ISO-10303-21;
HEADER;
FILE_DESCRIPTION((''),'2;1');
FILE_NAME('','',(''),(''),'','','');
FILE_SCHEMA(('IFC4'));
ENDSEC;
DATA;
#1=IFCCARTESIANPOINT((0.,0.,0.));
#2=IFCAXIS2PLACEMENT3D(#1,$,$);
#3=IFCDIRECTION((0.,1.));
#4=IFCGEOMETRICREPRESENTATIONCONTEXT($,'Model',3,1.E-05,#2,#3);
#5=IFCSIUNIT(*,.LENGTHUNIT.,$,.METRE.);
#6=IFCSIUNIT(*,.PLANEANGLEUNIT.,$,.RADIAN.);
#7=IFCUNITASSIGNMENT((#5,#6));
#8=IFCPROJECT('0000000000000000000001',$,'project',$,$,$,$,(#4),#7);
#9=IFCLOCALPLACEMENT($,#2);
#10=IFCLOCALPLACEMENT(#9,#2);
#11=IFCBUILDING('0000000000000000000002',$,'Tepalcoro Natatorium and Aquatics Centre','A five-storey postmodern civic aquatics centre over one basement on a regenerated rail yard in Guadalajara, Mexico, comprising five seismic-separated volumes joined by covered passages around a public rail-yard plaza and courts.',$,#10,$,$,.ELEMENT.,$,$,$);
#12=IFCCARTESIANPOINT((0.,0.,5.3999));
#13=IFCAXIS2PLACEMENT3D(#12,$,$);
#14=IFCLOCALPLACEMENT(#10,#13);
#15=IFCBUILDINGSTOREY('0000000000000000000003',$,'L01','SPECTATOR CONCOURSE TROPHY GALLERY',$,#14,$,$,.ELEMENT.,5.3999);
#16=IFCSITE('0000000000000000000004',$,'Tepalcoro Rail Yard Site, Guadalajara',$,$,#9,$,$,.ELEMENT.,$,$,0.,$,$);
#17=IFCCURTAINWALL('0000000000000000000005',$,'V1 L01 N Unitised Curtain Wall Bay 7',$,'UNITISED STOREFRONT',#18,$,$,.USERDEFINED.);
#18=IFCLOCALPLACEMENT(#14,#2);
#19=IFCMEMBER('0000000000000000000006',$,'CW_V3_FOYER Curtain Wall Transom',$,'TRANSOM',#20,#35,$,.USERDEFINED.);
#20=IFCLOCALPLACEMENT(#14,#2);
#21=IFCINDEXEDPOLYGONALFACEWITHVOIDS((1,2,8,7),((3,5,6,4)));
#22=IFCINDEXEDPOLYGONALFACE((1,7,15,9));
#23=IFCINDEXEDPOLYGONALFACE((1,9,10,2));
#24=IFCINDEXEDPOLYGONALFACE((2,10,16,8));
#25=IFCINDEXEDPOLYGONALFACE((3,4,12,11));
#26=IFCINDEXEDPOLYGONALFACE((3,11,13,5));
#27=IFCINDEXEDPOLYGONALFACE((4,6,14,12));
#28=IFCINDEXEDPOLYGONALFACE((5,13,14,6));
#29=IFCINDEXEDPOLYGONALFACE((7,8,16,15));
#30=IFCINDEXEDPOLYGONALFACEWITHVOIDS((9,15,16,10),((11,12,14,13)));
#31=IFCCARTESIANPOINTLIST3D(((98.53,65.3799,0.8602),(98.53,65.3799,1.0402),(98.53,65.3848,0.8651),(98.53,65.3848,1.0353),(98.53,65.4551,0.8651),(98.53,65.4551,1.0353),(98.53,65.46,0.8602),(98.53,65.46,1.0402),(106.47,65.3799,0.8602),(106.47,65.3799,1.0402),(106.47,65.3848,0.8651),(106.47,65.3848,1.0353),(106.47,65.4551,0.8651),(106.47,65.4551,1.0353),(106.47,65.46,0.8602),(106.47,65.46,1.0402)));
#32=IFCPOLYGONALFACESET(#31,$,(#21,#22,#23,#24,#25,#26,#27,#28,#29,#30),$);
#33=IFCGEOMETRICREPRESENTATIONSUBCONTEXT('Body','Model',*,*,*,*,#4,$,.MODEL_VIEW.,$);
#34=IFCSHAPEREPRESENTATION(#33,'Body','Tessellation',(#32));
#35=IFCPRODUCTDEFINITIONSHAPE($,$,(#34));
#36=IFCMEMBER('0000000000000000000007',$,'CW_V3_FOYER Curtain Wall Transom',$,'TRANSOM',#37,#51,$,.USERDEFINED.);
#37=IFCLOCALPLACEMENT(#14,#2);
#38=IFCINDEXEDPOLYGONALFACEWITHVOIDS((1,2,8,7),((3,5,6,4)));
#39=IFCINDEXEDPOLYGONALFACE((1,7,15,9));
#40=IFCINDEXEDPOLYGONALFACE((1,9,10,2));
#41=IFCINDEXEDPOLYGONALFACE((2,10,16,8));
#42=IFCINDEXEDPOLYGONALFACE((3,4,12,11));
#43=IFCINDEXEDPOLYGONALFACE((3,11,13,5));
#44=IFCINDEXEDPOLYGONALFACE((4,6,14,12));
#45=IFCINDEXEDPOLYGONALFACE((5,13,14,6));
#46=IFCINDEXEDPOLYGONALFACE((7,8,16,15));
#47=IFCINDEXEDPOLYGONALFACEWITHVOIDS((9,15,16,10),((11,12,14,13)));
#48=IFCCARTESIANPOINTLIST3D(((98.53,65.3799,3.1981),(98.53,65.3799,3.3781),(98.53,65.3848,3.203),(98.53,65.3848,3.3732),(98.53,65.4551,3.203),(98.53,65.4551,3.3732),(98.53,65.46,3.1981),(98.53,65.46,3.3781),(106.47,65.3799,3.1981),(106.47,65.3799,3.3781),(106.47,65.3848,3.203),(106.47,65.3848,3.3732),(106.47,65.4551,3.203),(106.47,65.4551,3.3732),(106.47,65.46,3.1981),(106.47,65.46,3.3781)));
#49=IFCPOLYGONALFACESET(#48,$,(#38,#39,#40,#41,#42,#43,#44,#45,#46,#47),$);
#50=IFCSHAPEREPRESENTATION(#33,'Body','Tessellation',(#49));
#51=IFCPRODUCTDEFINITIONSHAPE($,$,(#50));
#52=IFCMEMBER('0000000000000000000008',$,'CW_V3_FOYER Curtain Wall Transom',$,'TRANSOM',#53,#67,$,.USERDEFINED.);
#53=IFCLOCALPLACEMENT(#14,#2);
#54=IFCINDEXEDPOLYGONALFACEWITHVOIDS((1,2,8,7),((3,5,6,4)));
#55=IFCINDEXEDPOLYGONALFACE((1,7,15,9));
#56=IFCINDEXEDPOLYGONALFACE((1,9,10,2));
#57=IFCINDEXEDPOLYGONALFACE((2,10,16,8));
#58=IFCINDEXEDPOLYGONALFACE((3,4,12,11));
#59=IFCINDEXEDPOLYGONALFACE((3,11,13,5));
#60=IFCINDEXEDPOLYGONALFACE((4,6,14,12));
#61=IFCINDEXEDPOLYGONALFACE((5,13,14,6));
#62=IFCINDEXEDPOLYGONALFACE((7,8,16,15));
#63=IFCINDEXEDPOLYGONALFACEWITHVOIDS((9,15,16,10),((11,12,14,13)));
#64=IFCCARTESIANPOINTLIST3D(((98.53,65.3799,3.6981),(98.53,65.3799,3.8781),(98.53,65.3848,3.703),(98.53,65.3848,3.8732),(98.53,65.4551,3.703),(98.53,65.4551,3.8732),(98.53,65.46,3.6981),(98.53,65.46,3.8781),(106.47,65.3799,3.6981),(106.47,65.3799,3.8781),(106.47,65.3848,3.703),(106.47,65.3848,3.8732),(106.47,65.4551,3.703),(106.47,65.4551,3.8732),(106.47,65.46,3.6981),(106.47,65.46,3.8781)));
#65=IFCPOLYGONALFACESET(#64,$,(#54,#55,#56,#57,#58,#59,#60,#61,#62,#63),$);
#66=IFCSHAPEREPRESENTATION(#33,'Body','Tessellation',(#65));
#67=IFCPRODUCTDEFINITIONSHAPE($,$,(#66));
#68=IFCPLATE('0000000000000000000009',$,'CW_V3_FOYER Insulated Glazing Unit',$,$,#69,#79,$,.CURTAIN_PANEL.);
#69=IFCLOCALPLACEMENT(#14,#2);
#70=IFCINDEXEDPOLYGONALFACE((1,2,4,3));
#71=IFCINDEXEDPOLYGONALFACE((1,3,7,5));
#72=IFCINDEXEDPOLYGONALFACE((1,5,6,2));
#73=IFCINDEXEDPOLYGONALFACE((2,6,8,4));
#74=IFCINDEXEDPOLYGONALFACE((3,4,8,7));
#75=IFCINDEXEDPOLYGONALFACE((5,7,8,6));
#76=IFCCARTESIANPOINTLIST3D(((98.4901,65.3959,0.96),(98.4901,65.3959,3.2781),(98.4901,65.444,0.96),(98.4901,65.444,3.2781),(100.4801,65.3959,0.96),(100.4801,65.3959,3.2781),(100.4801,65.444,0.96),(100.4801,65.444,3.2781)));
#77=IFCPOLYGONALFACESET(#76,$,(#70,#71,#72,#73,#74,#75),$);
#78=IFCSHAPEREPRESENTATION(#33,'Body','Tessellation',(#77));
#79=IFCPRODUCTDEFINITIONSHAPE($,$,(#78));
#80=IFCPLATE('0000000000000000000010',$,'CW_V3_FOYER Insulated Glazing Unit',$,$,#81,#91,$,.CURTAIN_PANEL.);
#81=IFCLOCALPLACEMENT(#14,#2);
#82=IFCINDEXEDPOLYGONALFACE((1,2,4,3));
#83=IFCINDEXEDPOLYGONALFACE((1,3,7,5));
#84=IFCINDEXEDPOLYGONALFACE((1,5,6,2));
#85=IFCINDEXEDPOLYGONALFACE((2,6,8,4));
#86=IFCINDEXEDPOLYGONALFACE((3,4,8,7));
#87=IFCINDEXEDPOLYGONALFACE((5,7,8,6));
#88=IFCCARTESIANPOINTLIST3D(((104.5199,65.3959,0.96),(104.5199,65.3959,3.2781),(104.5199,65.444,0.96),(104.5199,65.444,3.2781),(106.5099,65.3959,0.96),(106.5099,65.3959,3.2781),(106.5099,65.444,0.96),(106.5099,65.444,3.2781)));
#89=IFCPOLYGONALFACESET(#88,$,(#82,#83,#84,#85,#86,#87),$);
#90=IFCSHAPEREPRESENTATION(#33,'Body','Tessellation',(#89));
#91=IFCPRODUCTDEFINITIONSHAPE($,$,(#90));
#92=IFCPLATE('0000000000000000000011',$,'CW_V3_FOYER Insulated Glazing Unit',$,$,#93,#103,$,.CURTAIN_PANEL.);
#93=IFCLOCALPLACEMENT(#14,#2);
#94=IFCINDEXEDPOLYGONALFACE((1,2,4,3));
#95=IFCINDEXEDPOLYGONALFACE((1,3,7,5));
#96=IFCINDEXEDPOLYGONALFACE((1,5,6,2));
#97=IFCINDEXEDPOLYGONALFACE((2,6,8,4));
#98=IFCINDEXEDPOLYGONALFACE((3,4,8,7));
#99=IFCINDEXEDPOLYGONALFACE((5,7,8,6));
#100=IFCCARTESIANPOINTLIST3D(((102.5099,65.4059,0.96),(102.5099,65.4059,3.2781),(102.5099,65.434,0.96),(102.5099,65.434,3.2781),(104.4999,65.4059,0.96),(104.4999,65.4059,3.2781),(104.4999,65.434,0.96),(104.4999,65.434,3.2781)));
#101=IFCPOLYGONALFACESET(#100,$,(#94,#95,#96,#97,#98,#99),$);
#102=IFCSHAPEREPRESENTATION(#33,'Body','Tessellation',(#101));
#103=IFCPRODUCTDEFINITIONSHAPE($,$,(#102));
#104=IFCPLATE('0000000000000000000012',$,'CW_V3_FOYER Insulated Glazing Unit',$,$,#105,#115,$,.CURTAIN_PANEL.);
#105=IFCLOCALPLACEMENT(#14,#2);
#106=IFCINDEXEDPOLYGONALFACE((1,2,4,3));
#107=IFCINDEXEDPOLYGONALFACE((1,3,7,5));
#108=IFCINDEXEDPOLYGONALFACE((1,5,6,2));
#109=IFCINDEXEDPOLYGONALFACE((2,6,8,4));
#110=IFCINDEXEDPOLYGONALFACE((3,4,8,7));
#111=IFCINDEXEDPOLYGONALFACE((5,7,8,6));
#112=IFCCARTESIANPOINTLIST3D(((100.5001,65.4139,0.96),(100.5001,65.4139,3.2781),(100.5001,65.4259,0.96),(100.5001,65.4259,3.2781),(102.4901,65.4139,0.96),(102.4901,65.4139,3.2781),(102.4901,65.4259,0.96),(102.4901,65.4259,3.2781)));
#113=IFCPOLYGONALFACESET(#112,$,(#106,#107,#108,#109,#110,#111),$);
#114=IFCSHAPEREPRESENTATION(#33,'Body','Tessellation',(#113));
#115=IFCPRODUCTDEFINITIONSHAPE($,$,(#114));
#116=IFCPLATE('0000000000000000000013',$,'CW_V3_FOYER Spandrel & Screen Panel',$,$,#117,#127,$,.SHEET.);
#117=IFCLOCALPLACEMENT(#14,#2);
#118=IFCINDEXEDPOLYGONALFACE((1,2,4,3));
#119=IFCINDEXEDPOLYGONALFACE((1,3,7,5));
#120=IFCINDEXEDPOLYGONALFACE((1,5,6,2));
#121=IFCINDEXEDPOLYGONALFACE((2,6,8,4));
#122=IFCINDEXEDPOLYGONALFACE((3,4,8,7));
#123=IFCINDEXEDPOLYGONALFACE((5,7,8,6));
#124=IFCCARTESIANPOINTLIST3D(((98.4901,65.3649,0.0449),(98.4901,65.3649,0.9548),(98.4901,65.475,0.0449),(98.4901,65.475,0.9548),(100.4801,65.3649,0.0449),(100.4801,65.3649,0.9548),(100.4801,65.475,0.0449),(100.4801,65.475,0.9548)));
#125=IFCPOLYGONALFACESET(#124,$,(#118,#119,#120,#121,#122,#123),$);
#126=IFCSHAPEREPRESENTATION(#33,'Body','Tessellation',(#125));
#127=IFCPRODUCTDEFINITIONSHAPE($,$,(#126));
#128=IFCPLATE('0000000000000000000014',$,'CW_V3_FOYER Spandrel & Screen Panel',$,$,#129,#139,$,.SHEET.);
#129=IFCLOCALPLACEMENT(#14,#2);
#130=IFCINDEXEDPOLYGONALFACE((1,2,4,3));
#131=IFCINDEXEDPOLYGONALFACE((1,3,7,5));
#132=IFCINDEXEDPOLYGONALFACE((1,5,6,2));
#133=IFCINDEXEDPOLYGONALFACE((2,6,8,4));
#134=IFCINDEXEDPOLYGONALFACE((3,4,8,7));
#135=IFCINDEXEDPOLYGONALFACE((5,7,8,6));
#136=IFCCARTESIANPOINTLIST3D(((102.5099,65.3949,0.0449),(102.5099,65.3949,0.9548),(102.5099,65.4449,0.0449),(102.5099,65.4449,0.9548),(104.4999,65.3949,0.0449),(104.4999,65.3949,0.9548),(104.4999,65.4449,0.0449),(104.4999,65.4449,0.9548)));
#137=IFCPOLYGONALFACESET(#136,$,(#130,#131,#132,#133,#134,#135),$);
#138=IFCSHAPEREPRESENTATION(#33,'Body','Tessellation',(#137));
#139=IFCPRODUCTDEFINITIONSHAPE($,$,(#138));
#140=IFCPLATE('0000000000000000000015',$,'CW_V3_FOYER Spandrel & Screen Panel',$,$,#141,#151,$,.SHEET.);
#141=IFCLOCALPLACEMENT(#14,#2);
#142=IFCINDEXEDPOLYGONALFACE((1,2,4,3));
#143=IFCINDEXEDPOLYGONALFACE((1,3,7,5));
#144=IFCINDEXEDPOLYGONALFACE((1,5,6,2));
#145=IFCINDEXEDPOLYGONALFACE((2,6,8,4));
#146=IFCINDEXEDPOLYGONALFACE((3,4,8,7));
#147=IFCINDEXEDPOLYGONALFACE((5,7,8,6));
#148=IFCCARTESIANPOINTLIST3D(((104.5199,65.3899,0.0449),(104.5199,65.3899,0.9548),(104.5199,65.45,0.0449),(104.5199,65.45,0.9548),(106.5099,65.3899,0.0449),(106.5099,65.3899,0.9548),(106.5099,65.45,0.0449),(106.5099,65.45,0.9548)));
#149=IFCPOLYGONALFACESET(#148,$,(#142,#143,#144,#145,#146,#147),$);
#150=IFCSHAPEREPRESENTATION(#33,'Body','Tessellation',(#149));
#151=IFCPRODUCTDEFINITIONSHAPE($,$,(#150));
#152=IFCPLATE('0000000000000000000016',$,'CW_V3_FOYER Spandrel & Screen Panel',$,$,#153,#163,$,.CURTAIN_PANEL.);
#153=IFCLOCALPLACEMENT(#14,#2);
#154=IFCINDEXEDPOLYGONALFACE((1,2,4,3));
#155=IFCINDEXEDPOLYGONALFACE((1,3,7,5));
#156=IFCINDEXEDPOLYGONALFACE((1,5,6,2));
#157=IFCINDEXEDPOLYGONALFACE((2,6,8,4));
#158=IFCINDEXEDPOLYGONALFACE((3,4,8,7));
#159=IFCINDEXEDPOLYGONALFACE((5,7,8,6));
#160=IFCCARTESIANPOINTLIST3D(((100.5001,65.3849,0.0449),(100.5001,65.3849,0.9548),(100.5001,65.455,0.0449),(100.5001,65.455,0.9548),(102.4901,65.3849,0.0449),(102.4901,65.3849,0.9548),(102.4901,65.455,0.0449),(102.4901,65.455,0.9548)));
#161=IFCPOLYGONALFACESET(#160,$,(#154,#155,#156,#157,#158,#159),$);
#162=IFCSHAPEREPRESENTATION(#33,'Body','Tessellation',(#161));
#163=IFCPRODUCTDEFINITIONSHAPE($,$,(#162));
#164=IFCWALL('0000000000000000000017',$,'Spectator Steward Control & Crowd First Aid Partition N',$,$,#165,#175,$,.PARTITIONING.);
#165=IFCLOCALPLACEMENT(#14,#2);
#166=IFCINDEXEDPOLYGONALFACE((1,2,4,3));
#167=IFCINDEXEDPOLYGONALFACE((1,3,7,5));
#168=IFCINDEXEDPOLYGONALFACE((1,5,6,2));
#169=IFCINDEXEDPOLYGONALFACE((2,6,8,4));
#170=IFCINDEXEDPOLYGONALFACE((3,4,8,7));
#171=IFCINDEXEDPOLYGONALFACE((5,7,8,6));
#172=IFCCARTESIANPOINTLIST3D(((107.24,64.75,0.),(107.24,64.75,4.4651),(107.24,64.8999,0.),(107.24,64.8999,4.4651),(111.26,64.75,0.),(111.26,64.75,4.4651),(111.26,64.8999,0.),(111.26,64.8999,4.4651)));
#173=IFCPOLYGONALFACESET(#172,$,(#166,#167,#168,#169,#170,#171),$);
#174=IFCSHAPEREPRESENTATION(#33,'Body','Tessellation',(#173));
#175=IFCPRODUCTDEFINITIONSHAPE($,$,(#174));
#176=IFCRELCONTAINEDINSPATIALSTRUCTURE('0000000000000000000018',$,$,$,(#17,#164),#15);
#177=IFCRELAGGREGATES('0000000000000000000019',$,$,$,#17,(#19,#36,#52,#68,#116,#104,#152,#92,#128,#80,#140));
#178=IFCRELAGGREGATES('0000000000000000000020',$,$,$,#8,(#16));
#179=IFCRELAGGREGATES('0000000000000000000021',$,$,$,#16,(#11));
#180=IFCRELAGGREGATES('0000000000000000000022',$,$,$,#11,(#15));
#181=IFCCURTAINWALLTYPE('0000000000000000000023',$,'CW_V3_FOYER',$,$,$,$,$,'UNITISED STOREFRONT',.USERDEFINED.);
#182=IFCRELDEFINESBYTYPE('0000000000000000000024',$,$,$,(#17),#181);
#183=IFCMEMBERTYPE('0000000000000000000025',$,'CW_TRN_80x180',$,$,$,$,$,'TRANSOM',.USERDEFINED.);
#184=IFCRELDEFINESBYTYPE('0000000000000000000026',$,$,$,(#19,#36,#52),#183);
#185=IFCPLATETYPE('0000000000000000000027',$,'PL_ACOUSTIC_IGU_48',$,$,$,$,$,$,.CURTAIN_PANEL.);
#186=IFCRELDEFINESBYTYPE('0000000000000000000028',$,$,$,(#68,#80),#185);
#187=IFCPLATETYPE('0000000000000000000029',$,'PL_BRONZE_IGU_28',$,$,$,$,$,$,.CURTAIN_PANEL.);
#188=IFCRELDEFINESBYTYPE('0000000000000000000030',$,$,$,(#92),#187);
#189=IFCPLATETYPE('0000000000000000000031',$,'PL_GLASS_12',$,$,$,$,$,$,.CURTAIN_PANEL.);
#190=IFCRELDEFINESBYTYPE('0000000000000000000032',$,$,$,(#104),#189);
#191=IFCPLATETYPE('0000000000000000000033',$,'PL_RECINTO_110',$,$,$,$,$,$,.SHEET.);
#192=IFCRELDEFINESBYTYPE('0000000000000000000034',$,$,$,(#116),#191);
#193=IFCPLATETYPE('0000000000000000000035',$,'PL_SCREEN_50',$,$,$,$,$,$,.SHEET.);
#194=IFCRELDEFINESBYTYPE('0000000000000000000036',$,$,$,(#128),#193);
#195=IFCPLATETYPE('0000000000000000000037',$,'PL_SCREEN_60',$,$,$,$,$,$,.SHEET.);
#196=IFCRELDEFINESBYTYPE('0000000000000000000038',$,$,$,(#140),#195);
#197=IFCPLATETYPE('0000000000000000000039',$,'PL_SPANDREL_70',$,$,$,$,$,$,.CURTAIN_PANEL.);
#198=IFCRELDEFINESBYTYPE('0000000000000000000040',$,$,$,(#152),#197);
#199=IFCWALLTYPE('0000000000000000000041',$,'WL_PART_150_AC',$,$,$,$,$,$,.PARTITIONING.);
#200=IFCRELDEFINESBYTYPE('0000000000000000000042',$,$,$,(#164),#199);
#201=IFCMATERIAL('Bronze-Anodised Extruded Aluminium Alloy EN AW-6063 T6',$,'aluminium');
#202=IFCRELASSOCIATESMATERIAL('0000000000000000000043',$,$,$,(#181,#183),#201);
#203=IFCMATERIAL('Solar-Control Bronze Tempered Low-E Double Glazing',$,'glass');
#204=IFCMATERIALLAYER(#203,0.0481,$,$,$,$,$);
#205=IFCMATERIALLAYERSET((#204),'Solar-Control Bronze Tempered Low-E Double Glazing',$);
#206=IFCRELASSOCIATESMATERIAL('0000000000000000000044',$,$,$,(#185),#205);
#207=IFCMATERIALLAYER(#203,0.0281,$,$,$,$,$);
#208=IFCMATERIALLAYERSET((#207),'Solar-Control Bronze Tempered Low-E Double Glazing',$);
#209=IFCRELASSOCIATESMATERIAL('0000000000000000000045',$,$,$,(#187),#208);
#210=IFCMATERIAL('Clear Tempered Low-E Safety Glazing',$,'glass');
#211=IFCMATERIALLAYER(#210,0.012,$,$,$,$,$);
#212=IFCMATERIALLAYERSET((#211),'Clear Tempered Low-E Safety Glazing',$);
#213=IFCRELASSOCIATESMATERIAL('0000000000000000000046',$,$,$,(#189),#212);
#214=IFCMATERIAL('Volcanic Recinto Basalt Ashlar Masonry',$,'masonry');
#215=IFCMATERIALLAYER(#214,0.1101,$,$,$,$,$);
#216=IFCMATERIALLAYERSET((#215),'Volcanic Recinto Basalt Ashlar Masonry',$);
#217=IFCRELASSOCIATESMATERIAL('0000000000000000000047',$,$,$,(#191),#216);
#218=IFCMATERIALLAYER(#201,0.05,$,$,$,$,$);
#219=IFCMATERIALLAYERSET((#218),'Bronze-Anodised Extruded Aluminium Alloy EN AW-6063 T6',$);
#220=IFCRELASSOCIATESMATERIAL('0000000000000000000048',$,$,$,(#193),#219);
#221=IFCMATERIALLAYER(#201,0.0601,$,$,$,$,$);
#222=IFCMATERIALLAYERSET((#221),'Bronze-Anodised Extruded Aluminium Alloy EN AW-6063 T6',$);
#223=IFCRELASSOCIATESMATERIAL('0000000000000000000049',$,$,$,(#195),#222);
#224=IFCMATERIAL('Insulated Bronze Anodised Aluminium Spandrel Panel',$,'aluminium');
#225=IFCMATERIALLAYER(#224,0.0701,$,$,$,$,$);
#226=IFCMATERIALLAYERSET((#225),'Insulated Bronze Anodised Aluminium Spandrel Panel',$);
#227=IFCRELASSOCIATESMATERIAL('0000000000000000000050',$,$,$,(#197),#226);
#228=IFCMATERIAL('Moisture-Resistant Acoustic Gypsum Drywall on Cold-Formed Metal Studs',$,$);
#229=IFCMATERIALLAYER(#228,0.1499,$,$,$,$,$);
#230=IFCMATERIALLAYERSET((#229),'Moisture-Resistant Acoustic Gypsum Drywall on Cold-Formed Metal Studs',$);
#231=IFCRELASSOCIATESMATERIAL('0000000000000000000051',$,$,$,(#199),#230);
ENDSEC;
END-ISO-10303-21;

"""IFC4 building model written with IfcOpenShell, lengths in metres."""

from ifc_helpers import new_model, si_unit, direction, frame, frame_2d, origin, origin_2d, place, context, subcontext, project, spatial, rectangle, hollow_rectangle, extrude, material, layer, layer_set, material_profile, profile_set, type_object, element, aggregate, save


model = new_model("IFC4")

# Units and contexts
model_context = context("Model", 3, precision=1e-05, world=origin(), true_north=direction((0.0, 1.0)))
body_context = subcontext(model_context, "Body", "Model", "MODEL_VIEW")
ifc_project = project(units=[si_unit("LENGTHUNIT", "METRE"), si_unit("PLANEANGLEUNIT", "RADIAN")], contexts=[model_context])

# Site, building, storey
site_placement = place(None, origin())
site = spatial("IfcSite", under=ifc_project, at=site_placement, Name="Tepalcoro Rail Yard Site, Guadalajara", CompositionType="ELEMENT", RefElevation=0.0)
building_placement = place(site_placement, origin())
building = spatial("IfcBuilding", under=site, at=building_placement, Name="Tepalcoro Natatorium and Aquatics Centre", Description="A five-storey postmodern civic aquatics centre over one basement on a regenerated rail yard in Guadalajara, Mexico, comprising five seismic-separated volumes joined by covered passages around a public rail-yard plaza and courts.", CompositionType="ELEMENT")
storey_placement = place(building_placement, frame((0.0, 0.0, 5.3999)))
storey = spatial("IfcBuildingStorey", under=building, at=storey_placement, Name="L01", Description="SPECTATOR CONCOURSE TROPHY GALLERY", CompositionType="ELEMENT", Elevation=5.3999)

# Shared definitions
ifc_material_1 = material(Name="Bronze-Anodised Extruded Aluminium Alloy EN AW-6063 T6", Category="aluminium")

# Curtain wall
curtain_wall_type_1 = type_object("IfcCurtainWallType", Name="CW_V3_FOYER", ElementType="UNITISED STOREFRONT", PredefinedType="USERDEFINED", material=ifc_material_1)
curtain_wall_1_placement = place(storey_placement, origin())
curtain_wall_1 = element("IfcCurtainWall", 1, at=curtain_wall_1_placement, inside=storey, type_object=curtain_wall_type_1, Name="V1 L01 N Unitised Curtain Wall Bay 7", ObjectType="UNITISED STOREFRONT", PredefinedType="USERDEFINED")

# Members
ifc_material_profile_1 = material_profile(ifc_material_1, hollow_rectangle(XDim=0.0801, YDim=0.1799, WallThickness=0.0049, at=origin_2d()), Name="AL80X180X5")
ifc_profile_set_1 = profile_set([ifc_material_profile_1], Name="Bronze-Anodised Extruded Aluminium Alloy EN AW-6063 T6")
member_type_1 = type_object("IfcMemberType", Name="CW_TRN_80x180", ElementType="TRANSOM", PredefinedType="USERDEFINED", material=ifc_profile_set_1)
member_1_placement = place(storey_placement, frame((98.53, 65.4199, 0.9502), z_axis=(1.0, 0.0, 0.0), x_axis=(0.0, 1.0, 0.0)))
member_1 = element("IfcMember", 2, at=member_1_placement, type_object=member_type_1, Name="CW_V3_FOYER Curtain Wall Transom", ObjectType="TRANSOM", PredefinedType="USERDEFINED", context=body_context, shape_type="SweptSolid", body=[
    extrude(hollow_rectangle(XDim=0.0801, YDim=0.1799, WallThickness=0.0049, at=origin_2d()), origin(), (0.0, 0.0, 1.0), 7.9399),
])
member_2_placement = place(storey_placement, frame((98.53, 65.4199, 3.2881), z_axis=(1.0, 0.0, 0.0), x_axis=(0.0, 1.0, 0.0)))
member_2 = element("IfcMember", 3, at=member_2_placement, type_object=member_type_1, Name="CW_V3_FOYER Curtain Wall Transom", ObjectType="TRANSOM", PredefinedType="USERDEFINED", context=body_context, shape_type="SweptSolid", body=[
    extrude(hollow_rectangle(XDim=0.0801, YDim=0.1799, WallThickness=0.0049, at=origin_2d()), origin(), (0.0, 0.0, 1.0), 7.9399),
])
member_3_placement = place(storey_placement, frame((98.53, 65.4199, 3.7881), z_axis=(1.0, 0.0, 0.0), x_axis=(0.0, 1.0, 0.0)))
member_3 = element("IfcMember", 4, at=member_3_placement, type_object=member_type_1, Name="CW_V3_FOYER Curtain Wall Transom", ObjectType="TRANSOM", PredefinedType="USERDEFINED", context=body_context, shape_type="SweptSolid", body=[
    extrude(hollow_rectangle(XDim=0.0801, YDim=0.1799, WallThickness=0.0049, at=origin_2d()), origin(), (0.0, 0.0, 1.0), 7.9399),
])

# Plates
ifc_material_2 = material(Name="Solar-Control Bronze Tempered Low-E Double Glazing", Category="glass")
ifc_layer_1 = layer(ifc_material_2, 0.0481)
ifc_layer_set_1 = layer_set([ifc_layer_1], Name="Solar-Control Bronze Tempered Low-E Double Glazing")
plate_type_1 = type_object("IfcPlateType", Name="PL_ACOUSTIC_IGU_48", PredefinedType="CURTAIN_PANEL", material=ifc_layer_set_1)
plate_1_placement = place(storey_placement, frame((99.4851, 65.4199, 0.96), z_axis=(0.0, 0.0, 1.0), x_axis=(1.0, 0.0, 0.0)))
plate_1 = element("IfcPlate", 5, at=plate_1_placement, type_object=plate_type_1, Name="CW_V3_FOYER Insulated Glazing Unit", PredefinedType="CURTAIN_PANEL", context=body_context, shape_type="SweptSolid", body=[
    extrude(rectangle(XDim=1.99, YDim=0.0481, at=origin_2d()), origin(), (0.0, 0.0, 1.0), 2.3181),
])
plate_2_placement = place(storey_placement, frame((105.5149, 65.4199, 0.96), z_axis=(0.0, 0.0, 1.0), x_axis=(1.0, 0.0, 0.0)))
plate_2 = element("IfcPlate", 6, at=plate_2_placement, type_object=plate_type_1, Name="CW_V3_FOYER Insulated Glazing Unit", PredefinedType="CURTAIN_PANEL", context=body_context, shape_type="SweptSolid", body=[
    extrude(rectangle(XDim=1.99, YDim=0.0481, at=origin_2d()), origin(), (0.0, 0.0, 1.0), 2.3181),
])
ifc_layer_2 = layer(ifc_material_2, 0.0281)
ifc_layer_set_2 = layer_set([ifc_layer_2], Name="Solar-Control Bronze Tempered Low-E Double Glazing")
plate_type_2 = type_object("IfcPlateType", Name="PL_BRONZE_IGU_28", PredefinedType="CURTAIN_PANEL", material=ifc_layer_set_2)
plate_3_placement = place(storey_placement, frame((103.5049, 65.4199, 0.96), z_axis=(0.0, 0.0, 1.0), x_axis=(1.0, 0.0, 0.0)))
plate_3 = element("IfcPlate", 7, at=plate_3_placement, type_object=plate_type_2, Name="CW_V3_FOYER Insulated Glazing Unit", PredefinedType="CURTAIN_PANEL", context=body_context, shape_type="SweptSolid", body=[
    extrude(rectangle(XDim=1.99, YDim=0.0281, at=origin_2d()), origin(), (0.0, 0.0, 1.0), 2.3181),
])
ifc_material_3 = material(Name="Clear Tempered Low-E Safety Glazing", Category="glass")
ifc_layer_3 = layer(ifc_material_3, 0.012)
ifc_layer_set_3 = layer_set([ifc_layer_3], Name="Clear Tempered Low-E Safety Glazing")
plate_type_3 = type_object("IfcPlateType", Name="PL_GLASS_12", PredefinedType="CURTAIN_PANEL", material=ifc_layer_set_3)
plate_4_placement = place(storey_placement, frame((101.4951, 65.4199, 0.96), z_axis=(0.0, 0.0, 1.0), x_axis=(1.0, 0.0, 0.0)))
plate_4 = element("IfcPlate", 8, at=plate_4_placement, type_object=plate_type_3, Name="CW_V3_FOYER Insulated Glazing Unit", PredefinedType="CURTAIN_PANEL", context=body_context, shape_type="SweptSolid", body=[
    extrude(rectangle(XDim=1.99, YDim=0.012, at=origin_2d()), origin(), (0.0, 0.0, 1.0), 2.3181),
])
ifc_material_4 = material(Name="Volcanic Recinto Basalt Ashlar Masonry", Category="masonry")
ifc_layer_4 = layer(ifc_material_4, 0.1101)
ifc_layer_set_4 = layer_set([ifc_layer_4], Name="Volcanic Recinto Basalt Ashlar Masonry")
plate_type_4 = type_object("IfcPlateType", Name="PL_RECINTO_110", PredefinedType="SHEET", material=ifc_layer_set_4)
plate_5_placement = place(storey_placement, frame((99.4851, 65.4199, 0.0449), z_axis=(0.0, 0.0, 1.0), x_axis=(1.0, 0.0, 0.0)))
plate_5 = element("IfcPlate", 9, at=plate_5_placement, type_object=plate_type_4, Name="CW_V3_FOYER Spandrel & Screen Panel", PredefinedType="SHEET", context=body_context, shape_type="SweptSolid", body=[
    extrude(rectangle(XDim=1.99, YDim=0.1101, at=origin_2d()), origin(), (0.0, 0.0, 1.0), 0.9099),
])
ifc_layer_5 = layer(ifc_material_1, 0.05)
ifc_layer_set_5 = layer_set([ifc_layer_5], Name="Bronze-Anodised Extruded Aluminium Alloy EN AW-6063 T6")
plate_type_5 = type_object("IfcPlateType", Name="PL_SCREEN_50", PredefinedType="SHEET", material=ifc_layer_set_5)
plate_6_placement = place(storey_placement, frame((103.5049, 65.4199, 0.0449), z_axis=(0.0, 0.0, 1.0), x_axis=(1.0, 0.0, 0.0)))
plate_6 = element("IfcPlate", 10, at=plate_6_placement, type_object=plate_type_5, Name="CW_V3_FOYER Spandrel & Screen Panel", PredefinedType="SHEET", context=body_context, shape_type="SweptSolid", body=[
    extrude(rectangle(XDim=1.99, YDim=0.05, at=origin_2d()), origin(), (0.0, 0.0, 1.0), 0.9099),
])
ifc_layer_6 = layer(ifc_material_1, 0.0601)
ifc_layer_set_6 = layer_set([ifc_layer_6], Name="Bronze-Anodised Extruded Aluminium Alloy EN AW-6063 T6")
plate_type_6 = type_object("IfcPlateType", Name="PL_SCREEN_60", PredefinedType="SHEET", material=ifc_layer_set_6)
plate_7_placement = place(storey_placement, frame((105.5149, 65.4199, 0.0449), z_axis=(0.0, 0.0, 1.0), x_axis=(1.0, 0.0, 0.0)))
plate_7 = element("IfcPlate", 11, at=plate_7_placement, type_object=plate_type_6, Name="CW_V3_FOYER Spandrel & Screen Panel", PredefinedType="SHEET", context=body_context, shape_type="SweptSolid", body=[
    extrude(rectangle(XDim=1.99, YDim=0.0601, at=origin_2d()), origin(), (0.0, 0.0, 1.0), 0.9099),
])
ifc_material_5 = material(Name="Insulated Bronze Anodised Aluminium Spandrel Panel", Category="aluminium")
ifc_layer_7 = layer(ifc_material_5, 0.0701)
ifc_layer_set_7 = layer_set([ifc_layer_7], Name="Insulated Bronze Anodised Aluminium Spandrel Panel")
plate_type_7 = type_object("IfcPlateType", Name="PL_SPANDREL_70", PredefinedType="CURTAIN_PANEL", material=ifc_layer_set_7)
plate_8_placement = place(storey_placement, frame((101.4951, 65.4199, 0.0449), z_axis=(0.0, 0.0, 1.0), x_axis=(1.0, 0.0, 0.0)))
plate_8 = element("IfcPlate", 12, at=plate_8_placement, type_object=plate_type_7, Name="CW_V3_FOYER Spandrel & Screen Panel", PredefinedType="CURTAIN_PANEL", context=body_context, shape_type="SweptSolid", body=[
    extrude(rectangle(XDim=1.99, YDim=0.0701, at=origin_2d()), origin(), (0.0, 0.0, 1.0), 0.9099),
])
aggregate(curtain_wall_1, [member_1, member_2, member_3, plate_1, plate_5, plate_4, plate_8, plate_3, plate_6, plate_2, plate_7])

# Wall
ifc_material_6 = material(Name="Moisture-Resistant Acoustic Gypsum Drywall on Cold-Formed Metal Studs")
ifc_layer_8 = layer(ifc_material_6, 0.1499)
ifc_layer_set_8 = layer_set([ifc_layer_8], Name="Moisture-Resistant Acoustic Gypsum Drywall on Cold-Formed Metal Studs")
wall_type = type_object("IfcWallType", Name="WL_PART_150_AC", PredefinedType="PARTITIONING", material=ifc_layer_set_8)
wall_placement = place(storey_placement, frame((107.24, 64.825, 0.0), z_axis=(0.0, 0.0, 1.0), x_axis=(1.0, 0.0, 0.0)))
element("IfcWall", 13, at=wall_placement, inside=storey, type_object=wall_type, Name="Spectator Steward Control & Crowd First Aid Partition N", PredefinedType="PARTITIONING", context=body_context, shape_type="SweptSolid", body=[
    extrude(rectangle(XDim=4.02, YDim=0.1499, at=frame_2d((2.01, 0.0))), origin(), (0.0, 0.0, 1.0), 4.4651),
])

save(model, "model.ifc")
